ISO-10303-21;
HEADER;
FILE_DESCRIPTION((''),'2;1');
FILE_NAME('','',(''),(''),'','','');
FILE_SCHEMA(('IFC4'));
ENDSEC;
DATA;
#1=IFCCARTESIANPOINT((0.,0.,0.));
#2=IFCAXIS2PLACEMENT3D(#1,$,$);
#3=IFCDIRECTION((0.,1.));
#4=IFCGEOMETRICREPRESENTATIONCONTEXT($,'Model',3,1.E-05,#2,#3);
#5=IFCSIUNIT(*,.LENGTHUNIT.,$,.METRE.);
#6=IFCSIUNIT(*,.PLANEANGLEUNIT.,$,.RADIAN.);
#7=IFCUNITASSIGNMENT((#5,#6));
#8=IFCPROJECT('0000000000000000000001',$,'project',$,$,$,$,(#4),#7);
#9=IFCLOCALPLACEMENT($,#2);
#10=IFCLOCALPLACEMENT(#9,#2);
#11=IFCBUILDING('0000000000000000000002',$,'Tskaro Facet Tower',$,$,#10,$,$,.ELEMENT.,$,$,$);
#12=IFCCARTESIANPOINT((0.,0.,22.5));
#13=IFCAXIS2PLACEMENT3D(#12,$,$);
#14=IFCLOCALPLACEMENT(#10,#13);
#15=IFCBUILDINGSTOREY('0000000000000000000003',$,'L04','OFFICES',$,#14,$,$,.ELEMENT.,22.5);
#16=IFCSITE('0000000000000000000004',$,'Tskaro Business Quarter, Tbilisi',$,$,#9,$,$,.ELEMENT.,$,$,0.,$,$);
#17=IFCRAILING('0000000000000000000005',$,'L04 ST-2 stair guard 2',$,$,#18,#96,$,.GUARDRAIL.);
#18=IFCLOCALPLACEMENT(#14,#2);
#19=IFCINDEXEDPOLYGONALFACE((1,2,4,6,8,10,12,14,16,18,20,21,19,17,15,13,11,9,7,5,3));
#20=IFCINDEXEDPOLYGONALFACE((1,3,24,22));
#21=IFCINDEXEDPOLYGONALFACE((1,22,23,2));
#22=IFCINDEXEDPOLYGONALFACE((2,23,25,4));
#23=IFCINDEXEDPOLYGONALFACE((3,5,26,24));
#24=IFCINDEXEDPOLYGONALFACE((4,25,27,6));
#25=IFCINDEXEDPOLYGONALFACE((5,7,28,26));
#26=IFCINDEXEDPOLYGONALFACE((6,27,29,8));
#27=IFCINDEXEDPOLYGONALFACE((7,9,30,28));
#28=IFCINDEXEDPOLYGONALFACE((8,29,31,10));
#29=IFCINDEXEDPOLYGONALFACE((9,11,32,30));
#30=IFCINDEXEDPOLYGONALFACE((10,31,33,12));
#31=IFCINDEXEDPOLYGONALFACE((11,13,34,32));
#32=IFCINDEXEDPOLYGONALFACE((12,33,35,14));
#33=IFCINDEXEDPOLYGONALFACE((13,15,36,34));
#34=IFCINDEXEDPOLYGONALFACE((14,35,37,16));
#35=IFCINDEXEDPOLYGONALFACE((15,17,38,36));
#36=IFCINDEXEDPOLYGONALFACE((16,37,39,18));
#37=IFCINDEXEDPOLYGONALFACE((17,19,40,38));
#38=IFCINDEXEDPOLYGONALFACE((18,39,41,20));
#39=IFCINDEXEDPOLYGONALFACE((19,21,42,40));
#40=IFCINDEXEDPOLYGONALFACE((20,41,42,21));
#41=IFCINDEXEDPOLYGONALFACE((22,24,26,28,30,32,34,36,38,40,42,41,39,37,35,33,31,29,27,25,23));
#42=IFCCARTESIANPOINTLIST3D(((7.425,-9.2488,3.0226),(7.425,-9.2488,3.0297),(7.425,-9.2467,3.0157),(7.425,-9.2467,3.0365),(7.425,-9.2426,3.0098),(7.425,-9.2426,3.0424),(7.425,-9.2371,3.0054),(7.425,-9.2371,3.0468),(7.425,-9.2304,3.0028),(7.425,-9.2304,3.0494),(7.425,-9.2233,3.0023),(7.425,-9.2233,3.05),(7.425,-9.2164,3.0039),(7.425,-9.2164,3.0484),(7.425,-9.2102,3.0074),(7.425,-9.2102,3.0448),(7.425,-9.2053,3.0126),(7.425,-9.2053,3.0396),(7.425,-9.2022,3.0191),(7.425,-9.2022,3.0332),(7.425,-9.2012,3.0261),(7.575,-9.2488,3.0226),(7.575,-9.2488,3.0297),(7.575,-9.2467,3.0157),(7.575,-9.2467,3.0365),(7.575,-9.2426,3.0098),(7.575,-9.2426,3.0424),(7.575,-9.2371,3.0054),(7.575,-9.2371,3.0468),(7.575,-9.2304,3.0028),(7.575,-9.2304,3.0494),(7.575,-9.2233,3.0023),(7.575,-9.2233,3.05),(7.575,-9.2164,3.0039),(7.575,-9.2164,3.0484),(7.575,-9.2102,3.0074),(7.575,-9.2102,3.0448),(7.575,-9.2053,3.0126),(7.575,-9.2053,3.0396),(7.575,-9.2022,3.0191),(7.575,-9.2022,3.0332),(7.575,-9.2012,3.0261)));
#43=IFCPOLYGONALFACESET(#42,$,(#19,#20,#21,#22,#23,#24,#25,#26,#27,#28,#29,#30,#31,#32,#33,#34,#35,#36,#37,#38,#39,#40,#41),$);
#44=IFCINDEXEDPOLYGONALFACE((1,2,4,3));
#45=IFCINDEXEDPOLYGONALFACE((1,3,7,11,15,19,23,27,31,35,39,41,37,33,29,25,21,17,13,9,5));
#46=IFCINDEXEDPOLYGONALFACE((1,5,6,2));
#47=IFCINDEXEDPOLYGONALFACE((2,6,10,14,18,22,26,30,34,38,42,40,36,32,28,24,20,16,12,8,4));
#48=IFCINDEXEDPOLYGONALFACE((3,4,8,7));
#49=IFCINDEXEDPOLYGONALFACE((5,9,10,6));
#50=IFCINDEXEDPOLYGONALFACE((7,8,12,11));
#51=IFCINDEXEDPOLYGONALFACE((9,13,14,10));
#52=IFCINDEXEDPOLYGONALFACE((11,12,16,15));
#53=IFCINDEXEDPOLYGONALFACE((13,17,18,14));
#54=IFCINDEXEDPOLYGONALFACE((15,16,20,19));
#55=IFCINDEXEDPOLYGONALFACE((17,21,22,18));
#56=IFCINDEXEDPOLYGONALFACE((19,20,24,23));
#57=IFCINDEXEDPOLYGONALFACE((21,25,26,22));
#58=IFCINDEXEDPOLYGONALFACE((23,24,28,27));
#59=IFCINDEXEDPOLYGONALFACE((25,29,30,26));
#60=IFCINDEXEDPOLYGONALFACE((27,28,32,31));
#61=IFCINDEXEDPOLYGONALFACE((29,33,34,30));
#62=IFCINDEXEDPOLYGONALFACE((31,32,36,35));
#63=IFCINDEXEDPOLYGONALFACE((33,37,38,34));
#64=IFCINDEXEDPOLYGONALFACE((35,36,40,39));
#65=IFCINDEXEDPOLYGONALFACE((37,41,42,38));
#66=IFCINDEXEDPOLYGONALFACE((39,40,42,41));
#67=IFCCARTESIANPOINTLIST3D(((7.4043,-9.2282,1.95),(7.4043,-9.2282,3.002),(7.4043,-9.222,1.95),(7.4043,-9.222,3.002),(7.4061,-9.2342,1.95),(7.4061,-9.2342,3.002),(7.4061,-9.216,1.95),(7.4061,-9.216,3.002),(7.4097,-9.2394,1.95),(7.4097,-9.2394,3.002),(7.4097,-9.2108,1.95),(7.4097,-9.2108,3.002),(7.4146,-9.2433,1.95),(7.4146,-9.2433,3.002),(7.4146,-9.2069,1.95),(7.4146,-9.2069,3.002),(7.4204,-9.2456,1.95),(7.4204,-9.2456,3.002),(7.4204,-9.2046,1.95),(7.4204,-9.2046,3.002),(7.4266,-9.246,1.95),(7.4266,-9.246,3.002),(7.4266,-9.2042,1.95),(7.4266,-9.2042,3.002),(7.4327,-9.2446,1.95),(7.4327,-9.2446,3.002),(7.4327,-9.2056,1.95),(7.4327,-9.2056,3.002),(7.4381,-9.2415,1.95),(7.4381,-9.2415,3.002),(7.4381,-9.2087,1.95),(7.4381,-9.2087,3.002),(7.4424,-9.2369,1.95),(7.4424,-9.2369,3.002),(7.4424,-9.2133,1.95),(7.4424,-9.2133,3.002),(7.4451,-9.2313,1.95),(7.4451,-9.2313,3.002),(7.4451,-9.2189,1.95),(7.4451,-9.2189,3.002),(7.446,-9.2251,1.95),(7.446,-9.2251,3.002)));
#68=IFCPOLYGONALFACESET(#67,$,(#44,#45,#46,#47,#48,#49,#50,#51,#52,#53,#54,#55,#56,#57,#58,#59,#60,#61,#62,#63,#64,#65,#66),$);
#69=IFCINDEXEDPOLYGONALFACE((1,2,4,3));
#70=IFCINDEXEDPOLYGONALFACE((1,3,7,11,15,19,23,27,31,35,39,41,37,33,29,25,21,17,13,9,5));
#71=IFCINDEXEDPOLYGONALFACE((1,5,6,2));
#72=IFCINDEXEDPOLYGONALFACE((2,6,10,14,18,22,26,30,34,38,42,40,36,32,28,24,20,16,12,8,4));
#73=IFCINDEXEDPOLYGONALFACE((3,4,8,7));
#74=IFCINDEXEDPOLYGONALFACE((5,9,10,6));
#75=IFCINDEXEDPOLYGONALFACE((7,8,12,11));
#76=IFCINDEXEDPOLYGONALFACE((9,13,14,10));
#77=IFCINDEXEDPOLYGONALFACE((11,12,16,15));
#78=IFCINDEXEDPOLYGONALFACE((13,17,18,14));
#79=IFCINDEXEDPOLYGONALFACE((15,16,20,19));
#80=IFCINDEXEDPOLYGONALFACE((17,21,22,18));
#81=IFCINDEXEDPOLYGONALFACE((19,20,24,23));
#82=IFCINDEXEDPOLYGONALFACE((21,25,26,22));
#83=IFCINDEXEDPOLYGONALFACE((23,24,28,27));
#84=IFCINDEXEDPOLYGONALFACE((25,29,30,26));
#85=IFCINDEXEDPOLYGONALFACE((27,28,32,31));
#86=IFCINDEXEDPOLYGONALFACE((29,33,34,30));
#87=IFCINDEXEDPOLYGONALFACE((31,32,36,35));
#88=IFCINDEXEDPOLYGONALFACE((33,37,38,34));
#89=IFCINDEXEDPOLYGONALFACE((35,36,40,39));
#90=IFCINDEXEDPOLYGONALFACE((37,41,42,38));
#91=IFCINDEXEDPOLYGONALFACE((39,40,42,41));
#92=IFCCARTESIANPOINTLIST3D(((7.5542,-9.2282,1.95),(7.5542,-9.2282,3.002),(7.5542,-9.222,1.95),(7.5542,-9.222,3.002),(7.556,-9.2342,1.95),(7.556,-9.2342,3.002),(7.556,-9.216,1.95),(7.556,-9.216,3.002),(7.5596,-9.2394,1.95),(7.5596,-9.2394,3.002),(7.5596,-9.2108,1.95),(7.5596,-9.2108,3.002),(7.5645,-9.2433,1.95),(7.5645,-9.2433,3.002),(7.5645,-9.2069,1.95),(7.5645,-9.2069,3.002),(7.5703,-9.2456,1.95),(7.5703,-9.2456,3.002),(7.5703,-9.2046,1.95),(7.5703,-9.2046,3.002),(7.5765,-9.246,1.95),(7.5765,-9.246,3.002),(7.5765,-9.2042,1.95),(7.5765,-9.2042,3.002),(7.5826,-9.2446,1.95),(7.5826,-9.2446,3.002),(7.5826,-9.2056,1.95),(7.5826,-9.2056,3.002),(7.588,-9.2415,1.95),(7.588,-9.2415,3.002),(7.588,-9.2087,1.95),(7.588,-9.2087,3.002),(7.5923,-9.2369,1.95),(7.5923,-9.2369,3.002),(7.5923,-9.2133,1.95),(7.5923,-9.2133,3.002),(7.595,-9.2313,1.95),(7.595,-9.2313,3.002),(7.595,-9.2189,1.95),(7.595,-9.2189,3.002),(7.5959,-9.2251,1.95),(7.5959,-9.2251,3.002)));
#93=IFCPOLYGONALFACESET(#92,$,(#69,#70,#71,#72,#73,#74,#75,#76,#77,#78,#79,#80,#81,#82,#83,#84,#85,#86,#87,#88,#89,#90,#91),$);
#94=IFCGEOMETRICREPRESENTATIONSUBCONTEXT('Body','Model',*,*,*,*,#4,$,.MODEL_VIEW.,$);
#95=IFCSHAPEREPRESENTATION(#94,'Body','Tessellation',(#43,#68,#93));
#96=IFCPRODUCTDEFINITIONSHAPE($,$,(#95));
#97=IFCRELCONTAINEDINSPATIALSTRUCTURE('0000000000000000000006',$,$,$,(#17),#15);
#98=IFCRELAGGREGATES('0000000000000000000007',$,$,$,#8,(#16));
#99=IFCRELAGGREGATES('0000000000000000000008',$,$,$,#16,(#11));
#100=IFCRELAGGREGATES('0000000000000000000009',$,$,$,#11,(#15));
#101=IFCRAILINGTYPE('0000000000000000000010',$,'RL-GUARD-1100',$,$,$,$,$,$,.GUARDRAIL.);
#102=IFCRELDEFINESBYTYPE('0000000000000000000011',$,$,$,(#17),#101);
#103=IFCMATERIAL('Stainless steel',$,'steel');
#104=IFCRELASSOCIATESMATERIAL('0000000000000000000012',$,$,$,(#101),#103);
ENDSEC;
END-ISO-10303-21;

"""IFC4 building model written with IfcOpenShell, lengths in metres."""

from ifc_helpers import new_model, si_unit, direction, frame, origin, origin_2d, place, context, subcontext, project, spatial, circle, extrude, material, type_object, element, save


model = new_model("IFC4")

# Units and contexts
model_context = context("Model", 3, precision=1e-05, world=origin(), true_north=direction((0.0, 1.0)))
body_context = subcontext(model_context, "Body", "Model", "MODEL_VIEW")
ifc_project = project(units=[si_unit("LENGTHUNIT", "METRE"), si_unit("PLANEANGLEUNIT", "RADIAN")], contexts=[model_context])

# Site, building, storey
site_placement = place(None, origin())
site = spatial("IfcSite", under=ifc_project, at=site_placement, Name="Tskaro Business Quarter, Tbilisi", CompositionType="ELEMENT", RefElevation=0.0)
building_placement = place(site_placement, origin())
building = spatial("IfcBuilding", under=site, at=building_placement, Name="Tskaro Facet Tower", CompositionType="ELEMENT")
storey_placement = place(building_placement, frame((0.0, 0.0, 22.5)))
storey = spatial("IfcBuildingStorey", under=building, at=storey_placement, Name="L04", Description="OFFICES", CompositionType="ELEMENT", Elevation=22.5)

# Railing
ifc_material_1 = material(Name="Stainless steel", Category="steel")
railing_type_1 = type_object("IfcRailingType", Name="RL-GUARD-1100", PredefinedType="GUARDRAIL", material=ifc_material_1)
railing_1_placement = place(storey_placement, frame((7.425, -9.2251, 1.95)))
element("IfcRailing", 1, at=railing_1_placement, inside=storey, type_object=railing_type_1, Name="L04 ST-2 stair guard 2", PredefinedType="GUARDRAIL", context=body_context, shape_type="SweptSolid", body=[
    extrude(circle(Radius=0.0239, at=origin_2d()), frame((0.0, 0.0, 1.0762), z_axis=(1.0, 0.0, 0.0), x_axis=(0.0, 1.0, 0.0)), (0.0, 0.0, 1.0), 0.1499),
    extrude(circle(Radius=0.021, at=origin_2d()), origin(), (0.0, 0.0, 1.0), 1.052),
    extrude(circle(Radius=0.021, at=origin_2d()), frame((0.1499, 0.0, 0.0)), (0.0, 0.0, 1.0), 1.052),
])

save(model, "model.ifc")
